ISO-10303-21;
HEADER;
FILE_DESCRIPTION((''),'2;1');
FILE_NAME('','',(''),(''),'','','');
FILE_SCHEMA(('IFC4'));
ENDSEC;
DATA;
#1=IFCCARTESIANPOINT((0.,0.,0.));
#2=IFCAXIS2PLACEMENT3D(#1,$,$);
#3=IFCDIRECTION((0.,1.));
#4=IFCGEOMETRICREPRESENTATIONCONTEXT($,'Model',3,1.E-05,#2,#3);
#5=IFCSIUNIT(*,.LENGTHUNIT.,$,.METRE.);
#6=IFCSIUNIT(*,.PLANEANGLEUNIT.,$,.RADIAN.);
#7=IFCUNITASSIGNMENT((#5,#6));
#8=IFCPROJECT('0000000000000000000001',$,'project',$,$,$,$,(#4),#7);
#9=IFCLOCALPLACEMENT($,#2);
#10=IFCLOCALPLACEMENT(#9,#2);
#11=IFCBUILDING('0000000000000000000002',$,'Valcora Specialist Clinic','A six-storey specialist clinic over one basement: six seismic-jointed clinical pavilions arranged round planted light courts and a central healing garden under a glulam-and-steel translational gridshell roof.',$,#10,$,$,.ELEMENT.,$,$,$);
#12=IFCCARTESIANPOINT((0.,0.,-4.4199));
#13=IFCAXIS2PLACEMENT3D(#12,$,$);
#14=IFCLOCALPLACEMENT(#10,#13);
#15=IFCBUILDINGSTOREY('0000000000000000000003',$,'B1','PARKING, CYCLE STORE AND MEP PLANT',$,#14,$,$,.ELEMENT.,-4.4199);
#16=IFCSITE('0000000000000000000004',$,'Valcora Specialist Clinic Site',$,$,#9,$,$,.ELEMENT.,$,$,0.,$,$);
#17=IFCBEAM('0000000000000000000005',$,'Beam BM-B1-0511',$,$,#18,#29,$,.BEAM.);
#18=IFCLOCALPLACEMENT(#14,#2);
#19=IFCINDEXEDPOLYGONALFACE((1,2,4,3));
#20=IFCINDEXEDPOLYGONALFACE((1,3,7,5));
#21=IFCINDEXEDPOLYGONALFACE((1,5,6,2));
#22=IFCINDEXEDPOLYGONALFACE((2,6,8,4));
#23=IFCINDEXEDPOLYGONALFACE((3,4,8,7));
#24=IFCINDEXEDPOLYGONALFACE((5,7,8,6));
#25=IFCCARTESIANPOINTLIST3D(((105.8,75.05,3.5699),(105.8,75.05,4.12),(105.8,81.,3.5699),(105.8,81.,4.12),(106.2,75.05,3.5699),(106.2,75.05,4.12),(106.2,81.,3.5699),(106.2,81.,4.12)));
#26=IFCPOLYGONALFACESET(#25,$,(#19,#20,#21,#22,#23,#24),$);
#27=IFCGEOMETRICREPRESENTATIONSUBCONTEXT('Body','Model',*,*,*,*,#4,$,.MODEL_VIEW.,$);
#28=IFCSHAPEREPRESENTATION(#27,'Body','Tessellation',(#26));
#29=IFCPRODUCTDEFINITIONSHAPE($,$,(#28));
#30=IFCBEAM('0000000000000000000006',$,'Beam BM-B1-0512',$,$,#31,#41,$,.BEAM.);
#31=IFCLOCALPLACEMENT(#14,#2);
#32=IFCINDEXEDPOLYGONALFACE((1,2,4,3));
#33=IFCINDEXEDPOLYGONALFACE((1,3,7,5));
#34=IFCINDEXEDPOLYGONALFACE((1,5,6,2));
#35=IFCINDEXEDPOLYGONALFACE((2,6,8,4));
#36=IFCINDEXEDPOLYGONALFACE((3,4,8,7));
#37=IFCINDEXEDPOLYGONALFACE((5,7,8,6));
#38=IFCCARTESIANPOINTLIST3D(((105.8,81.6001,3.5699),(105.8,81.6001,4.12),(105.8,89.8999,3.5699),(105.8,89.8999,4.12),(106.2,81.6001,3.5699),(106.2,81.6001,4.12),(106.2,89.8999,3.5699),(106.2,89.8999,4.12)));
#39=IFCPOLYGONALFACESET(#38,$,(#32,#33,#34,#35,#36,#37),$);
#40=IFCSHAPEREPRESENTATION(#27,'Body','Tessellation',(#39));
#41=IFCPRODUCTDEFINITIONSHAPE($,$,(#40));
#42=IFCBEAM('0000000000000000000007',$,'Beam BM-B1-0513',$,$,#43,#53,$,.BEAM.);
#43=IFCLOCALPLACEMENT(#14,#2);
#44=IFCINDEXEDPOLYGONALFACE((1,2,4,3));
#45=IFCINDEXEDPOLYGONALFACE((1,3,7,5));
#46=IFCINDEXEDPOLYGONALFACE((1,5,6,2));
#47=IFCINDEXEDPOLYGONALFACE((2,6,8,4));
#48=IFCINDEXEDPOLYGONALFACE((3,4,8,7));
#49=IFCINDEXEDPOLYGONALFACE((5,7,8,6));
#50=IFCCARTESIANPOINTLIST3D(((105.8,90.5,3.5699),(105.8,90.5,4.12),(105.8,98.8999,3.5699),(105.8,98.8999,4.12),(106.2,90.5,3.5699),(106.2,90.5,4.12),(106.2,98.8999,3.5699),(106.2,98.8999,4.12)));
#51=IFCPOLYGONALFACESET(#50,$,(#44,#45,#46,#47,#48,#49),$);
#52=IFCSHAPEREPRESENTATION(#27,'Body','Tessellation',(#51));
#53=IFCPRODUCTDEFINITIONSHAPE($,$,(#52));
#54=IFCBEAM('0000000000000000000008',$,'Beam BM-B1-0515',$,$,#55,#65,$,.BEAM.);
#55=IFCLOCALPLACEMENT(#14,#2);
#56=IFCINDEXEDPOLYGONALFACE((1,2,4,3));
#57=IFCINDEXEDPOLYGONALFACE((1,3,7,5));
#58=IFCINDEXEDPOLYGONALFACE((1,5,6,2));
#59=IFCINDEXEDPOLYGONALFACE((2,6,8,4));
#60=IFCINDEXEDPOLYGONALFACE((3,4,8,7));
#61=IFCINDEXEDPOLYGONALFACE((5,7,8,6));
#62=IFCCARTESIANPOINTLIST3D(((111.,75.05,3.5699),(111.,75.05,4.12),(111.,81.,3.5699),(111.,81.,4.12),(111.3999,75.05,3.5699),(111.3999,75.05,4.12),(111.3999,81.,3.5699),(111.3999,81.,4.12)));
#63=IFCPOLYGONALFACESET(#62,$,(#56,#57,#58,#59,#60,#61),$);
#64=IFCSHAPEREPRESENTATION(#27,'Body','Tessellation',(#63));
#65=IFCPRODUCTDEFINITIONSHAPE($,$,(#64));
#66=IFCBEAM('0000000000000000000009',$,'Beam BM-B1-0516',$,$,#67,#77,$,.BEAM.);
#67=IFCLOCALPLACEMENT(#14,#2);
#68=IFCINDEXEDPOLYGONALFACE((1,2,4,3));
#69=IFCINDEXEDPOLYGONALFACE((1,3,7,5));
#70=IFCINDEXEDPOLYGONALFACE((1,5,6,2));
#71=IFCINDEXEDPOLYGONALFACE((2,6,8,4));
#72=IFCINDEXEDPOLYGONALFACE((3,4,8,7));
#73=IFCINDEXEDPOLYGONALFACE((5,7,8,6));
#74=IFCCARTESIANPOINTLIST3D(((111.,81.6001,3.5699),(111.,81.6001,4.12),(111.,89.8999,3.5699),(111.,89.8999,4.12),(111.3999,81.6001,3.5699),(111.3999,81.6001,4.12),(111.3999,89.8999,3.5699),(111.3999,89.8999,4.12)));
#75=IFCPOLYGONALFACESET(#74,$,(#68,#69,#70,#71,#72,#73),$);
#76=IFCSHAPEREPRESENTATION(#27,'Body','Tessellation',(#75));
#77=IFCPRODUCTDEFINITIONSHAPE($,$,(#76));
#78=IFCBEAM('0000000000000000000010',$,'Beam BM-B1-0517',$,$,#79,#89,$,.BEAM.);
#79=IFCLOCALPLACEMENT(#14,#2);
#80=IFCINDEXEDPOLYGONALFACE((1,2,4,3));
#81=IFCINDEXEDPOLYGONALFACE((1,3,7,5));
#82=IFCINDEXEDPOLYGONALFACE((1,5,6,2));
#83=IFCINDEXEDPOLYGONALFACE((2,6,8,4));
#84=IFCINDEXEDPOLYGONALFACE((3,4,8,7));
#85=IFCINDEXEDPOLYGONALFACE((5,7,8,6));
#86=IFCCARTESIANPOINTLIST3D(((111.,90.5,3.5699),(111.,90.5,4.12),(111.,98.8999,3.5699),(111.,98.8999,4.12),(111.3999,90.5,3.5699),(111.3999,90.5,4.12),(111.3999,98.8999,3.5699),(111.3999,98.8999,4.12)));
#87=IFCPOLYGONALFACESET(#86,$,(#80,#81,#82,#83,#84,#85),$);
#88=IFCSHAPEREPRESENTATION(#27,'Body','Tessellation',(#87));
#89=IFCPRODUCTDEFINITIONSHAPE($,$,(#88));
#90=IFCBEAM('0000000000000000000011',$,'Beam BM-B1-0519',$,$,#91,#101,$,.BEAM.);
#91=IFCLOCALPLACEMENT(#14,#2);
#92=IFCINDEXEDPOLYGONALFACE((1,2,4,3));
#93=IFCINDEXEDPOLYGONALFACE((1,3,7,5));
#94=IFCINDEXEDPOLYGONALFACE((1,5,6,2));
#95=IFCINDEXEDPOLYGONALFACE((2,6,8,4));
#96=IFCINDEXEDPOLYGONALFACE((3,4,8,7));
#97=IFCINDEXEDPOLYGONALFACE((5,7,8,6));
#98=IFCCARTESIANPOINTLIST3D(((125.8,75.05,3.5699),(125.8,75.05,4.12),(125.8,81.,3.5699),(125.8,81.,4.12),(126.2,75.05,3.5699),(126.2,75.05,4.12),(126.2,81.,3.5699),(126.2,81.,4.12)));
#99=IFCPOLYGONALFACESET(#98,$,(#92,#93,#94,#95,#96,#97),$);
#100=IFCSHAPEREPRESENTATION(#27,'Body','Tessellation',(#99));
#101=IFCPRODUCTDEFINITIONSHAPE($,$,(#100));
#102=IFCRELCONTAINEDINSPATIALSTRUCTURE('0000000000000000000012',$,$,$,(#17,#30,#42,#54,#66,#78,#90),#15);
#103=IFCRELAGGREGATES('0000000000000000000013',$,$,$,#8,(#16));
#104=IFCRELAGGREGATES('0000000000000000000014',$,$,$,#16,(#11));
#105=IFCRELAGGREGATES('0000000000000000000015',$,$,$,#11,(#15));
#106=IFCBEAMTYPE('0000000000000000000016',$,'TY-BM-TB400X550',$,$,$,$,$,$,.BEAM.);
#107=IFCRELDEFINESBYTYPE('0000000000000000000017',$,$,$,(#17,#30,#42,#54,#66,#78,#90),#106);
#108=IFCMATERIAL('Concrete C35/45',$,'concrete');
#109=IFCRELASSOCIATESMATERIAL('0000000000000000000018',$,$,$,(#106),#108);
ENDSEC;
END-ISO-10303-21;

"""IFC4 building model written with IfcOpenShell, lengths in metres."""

from ifc_helpers import new_model, si_unit, direction, frame, origin, origin_2d, place, context, subcontext, project, spatial, rectangle, extrude, material, material_profile, profile_set, type_object, element, save


model = new_model("IFC4")

# Units and contexts
model_context = context("Model", 3, precision=1e-05, world=origin(), true_north=direction((0.0, 1.0)))
body_context = subcontext(model_context, "Body", "Model", "MODEL_VIEW")
ifc_project = project(units=[si_unit("LENGTHUNIT", "METRE"), si_unit("PLANEANGLEUNIT", "RADIAN")], contexts=[model_context])

# Site, building, storey
site_placement = place(None, origin())
site = spatial("IfcSite", under=ifc_project, at=site_placement, Name="Valcora Specialist Clinic Site", CompositionType="ELEMENT", RefElevation=0.0)
building_placement = place(site_placement, origin())
building = spatial("IfcBuilding", under=site, at=building_placement, Name="Valcora Specialist Clinic", Description="A six-storey specialist clinic over one basement: six seismic-jointed clinical pavilions arranged round planted light courts and a central healing garden under a glulam-and-steel translational gridshell roof.", CompositionType="ELEMENT")
storey_placement = place(building_placement, frame((0.0, 0.0, -4.4199)))
storey = spatial("IfcBuildingStorey", under=building, at=storey_placement, Name="B1", Description="PARKING, CYCLE STORE AND MEP PLANT", CompositionType="ELEMENT", Elevation=-4.4199)

# Shared definitions
ifc_material_1 = material(Name="Concrete C35/45", Category="concrete")

# Beams
ifc_material_profile_1 = material_profile(ifc_material_1, rectangle(XDim=0.3999, YDim=0.55, at=origin_2d()), Name="RC-TB-400X550")
ifc_profile_set_1 = profile_set([ifc_material_profile_1], Name="Concrete C35/45")
beam_type = type_object("IfcBeamType", Name="TY-BM-TB400X550", PredefinedType="BEAM", material=ifc_profile_set_1)
beam_1_placement = place(storey_placement, frame((106.0, 75.05, 3.845), z_axis=(0.0, 1.0, 0.0), x_axis=(-1.0, 0.0, 0.0)))
element("IfcBeam", 1, at=beam_1_placement, inside=storey, type_object=beam_type, Name="Beam BM-B1-0511", PredefinedType="BEAM", context=body_context, shape_type="SweptSolid", body=[
    extrude(rectangle(XDim=0.3999, YDim=0.55, at=origin_2d()), origin(), (0.0, 0.0, 1.0), 5.95),
])
beam_2_placement = place(storey_placement, frame((106.0, 81.6001, 3.845), z_axis=(0.0, 1.0, 0.0), x_axis=(-1.0, 0.0, 0.0)))
element("IfcBeam", 2, at=beam_2_placement, inside=storey, type_object=beam_type, Name="Beam BM-B1-0512", PredefinedType="BEAM", context=body_context, shape_type="SweptSolid", body=[
    extrude(rectangle(XDim=0.3999, YDim=0.55, at=origin_2d()), origin(), (0.0, 0.0, 1.0), 8.2998),
])
beam_3_placement = place(storey_placement, frame((106.0, 90.5, 3.845), z_axis=(0.0, 1.0, 0.0), x_axis=(-1.0, 0.0, 0.0)))
element("IfcBeam", 3, at=beam_3_placement, inside=storey, type_object=beam_type, Name="Beam BM-B1-0513", PredefinedType="BEAM", context=body_context, shape_type="SweptSolid", body=[
    extrude(rectangle(XDim=0.3999, YDim=0.55, at=origin_2d()), origin(), (0.0, 0.0, 1.0), 8.3999),
])
beam_4_placement = place(storey_placement, frame((111.2, 75.05, 3.845), z_axis=(0.0, 1.0, 0.0), x_axis=(-1.0, 0.0, 0.0)))
element("IfcBeam", 4, at=beam_4_placement, inside=storey, type_object=beam_type, Name="Beam BM-B1-0515", PredefinedType="BEAM", context=body_context, shape_type="SweptSolid", body=[
    extrude(rectangle(XDim=0.3999, YDim=0.55, at=origin_2d()), origin(), (0.0, 0.0, 1.0), 5.95),
])
beam_5_placement = place(storey_placement, frame((111.2, 81.6001, 3.845), z_axis=(0.0, 1.0, 0.0), x_axis=(-1.0, 0.0, 0.0)))
element("IfcBeam", 5, at=beam_5_placement, inside=storey, type_object=beam_type, Name="Beam BM-B1-0516", PredefinedType="BEAM", context=body_context, shape_type="SweptSolid", body=[
    extrude(rectangle(XDim=0.3999, YDim=0.55, at=origin_2d()), origin(), (0.0, 0.0, 1.0), 8.2998),
])
beam_6_placement = place(storey_placement, frame((111.2, 90.5, 3.845), z_axis=(0.0, 1.0, 0.0), x_axis=(-1.0, 0.0, 0.0)))
element("IfcBeam", 6, at=beam_6_placement, inside=storey, type_object=beam_type, Name="Beam BM-B1-0517", PredefinedType="BEAM", context=body_context, shape_type="SweptSolid", body=[
    extrude(rectangle(XDim=0.3999, YDim=0.55, at=origin_2d()), origin(), (0.0, 0.0, 1.0), 8.3999),
])
beam_7_placement = place(storey_placement, frame((126.0, 75.05, 3.845), z_axis=(0.0, 1.0, 0.0), x_axis=(-1.0, 0.0, 0.0)))
element("IfcBeam", 7, at=beam_7_placement, inside=storey, type_object=beam_type, Name="Beam BM-B1-0519", PredefinedType="BEAM", context=body_context, shape_type="SweptSolid", body=[
    extrude(rectangle(XDim=0.3999, YDim=0.55, at=origin_2d()), origin(), (0.0, 0.0, 1.0), 5.95),
])

save(model, "model.ifc")
